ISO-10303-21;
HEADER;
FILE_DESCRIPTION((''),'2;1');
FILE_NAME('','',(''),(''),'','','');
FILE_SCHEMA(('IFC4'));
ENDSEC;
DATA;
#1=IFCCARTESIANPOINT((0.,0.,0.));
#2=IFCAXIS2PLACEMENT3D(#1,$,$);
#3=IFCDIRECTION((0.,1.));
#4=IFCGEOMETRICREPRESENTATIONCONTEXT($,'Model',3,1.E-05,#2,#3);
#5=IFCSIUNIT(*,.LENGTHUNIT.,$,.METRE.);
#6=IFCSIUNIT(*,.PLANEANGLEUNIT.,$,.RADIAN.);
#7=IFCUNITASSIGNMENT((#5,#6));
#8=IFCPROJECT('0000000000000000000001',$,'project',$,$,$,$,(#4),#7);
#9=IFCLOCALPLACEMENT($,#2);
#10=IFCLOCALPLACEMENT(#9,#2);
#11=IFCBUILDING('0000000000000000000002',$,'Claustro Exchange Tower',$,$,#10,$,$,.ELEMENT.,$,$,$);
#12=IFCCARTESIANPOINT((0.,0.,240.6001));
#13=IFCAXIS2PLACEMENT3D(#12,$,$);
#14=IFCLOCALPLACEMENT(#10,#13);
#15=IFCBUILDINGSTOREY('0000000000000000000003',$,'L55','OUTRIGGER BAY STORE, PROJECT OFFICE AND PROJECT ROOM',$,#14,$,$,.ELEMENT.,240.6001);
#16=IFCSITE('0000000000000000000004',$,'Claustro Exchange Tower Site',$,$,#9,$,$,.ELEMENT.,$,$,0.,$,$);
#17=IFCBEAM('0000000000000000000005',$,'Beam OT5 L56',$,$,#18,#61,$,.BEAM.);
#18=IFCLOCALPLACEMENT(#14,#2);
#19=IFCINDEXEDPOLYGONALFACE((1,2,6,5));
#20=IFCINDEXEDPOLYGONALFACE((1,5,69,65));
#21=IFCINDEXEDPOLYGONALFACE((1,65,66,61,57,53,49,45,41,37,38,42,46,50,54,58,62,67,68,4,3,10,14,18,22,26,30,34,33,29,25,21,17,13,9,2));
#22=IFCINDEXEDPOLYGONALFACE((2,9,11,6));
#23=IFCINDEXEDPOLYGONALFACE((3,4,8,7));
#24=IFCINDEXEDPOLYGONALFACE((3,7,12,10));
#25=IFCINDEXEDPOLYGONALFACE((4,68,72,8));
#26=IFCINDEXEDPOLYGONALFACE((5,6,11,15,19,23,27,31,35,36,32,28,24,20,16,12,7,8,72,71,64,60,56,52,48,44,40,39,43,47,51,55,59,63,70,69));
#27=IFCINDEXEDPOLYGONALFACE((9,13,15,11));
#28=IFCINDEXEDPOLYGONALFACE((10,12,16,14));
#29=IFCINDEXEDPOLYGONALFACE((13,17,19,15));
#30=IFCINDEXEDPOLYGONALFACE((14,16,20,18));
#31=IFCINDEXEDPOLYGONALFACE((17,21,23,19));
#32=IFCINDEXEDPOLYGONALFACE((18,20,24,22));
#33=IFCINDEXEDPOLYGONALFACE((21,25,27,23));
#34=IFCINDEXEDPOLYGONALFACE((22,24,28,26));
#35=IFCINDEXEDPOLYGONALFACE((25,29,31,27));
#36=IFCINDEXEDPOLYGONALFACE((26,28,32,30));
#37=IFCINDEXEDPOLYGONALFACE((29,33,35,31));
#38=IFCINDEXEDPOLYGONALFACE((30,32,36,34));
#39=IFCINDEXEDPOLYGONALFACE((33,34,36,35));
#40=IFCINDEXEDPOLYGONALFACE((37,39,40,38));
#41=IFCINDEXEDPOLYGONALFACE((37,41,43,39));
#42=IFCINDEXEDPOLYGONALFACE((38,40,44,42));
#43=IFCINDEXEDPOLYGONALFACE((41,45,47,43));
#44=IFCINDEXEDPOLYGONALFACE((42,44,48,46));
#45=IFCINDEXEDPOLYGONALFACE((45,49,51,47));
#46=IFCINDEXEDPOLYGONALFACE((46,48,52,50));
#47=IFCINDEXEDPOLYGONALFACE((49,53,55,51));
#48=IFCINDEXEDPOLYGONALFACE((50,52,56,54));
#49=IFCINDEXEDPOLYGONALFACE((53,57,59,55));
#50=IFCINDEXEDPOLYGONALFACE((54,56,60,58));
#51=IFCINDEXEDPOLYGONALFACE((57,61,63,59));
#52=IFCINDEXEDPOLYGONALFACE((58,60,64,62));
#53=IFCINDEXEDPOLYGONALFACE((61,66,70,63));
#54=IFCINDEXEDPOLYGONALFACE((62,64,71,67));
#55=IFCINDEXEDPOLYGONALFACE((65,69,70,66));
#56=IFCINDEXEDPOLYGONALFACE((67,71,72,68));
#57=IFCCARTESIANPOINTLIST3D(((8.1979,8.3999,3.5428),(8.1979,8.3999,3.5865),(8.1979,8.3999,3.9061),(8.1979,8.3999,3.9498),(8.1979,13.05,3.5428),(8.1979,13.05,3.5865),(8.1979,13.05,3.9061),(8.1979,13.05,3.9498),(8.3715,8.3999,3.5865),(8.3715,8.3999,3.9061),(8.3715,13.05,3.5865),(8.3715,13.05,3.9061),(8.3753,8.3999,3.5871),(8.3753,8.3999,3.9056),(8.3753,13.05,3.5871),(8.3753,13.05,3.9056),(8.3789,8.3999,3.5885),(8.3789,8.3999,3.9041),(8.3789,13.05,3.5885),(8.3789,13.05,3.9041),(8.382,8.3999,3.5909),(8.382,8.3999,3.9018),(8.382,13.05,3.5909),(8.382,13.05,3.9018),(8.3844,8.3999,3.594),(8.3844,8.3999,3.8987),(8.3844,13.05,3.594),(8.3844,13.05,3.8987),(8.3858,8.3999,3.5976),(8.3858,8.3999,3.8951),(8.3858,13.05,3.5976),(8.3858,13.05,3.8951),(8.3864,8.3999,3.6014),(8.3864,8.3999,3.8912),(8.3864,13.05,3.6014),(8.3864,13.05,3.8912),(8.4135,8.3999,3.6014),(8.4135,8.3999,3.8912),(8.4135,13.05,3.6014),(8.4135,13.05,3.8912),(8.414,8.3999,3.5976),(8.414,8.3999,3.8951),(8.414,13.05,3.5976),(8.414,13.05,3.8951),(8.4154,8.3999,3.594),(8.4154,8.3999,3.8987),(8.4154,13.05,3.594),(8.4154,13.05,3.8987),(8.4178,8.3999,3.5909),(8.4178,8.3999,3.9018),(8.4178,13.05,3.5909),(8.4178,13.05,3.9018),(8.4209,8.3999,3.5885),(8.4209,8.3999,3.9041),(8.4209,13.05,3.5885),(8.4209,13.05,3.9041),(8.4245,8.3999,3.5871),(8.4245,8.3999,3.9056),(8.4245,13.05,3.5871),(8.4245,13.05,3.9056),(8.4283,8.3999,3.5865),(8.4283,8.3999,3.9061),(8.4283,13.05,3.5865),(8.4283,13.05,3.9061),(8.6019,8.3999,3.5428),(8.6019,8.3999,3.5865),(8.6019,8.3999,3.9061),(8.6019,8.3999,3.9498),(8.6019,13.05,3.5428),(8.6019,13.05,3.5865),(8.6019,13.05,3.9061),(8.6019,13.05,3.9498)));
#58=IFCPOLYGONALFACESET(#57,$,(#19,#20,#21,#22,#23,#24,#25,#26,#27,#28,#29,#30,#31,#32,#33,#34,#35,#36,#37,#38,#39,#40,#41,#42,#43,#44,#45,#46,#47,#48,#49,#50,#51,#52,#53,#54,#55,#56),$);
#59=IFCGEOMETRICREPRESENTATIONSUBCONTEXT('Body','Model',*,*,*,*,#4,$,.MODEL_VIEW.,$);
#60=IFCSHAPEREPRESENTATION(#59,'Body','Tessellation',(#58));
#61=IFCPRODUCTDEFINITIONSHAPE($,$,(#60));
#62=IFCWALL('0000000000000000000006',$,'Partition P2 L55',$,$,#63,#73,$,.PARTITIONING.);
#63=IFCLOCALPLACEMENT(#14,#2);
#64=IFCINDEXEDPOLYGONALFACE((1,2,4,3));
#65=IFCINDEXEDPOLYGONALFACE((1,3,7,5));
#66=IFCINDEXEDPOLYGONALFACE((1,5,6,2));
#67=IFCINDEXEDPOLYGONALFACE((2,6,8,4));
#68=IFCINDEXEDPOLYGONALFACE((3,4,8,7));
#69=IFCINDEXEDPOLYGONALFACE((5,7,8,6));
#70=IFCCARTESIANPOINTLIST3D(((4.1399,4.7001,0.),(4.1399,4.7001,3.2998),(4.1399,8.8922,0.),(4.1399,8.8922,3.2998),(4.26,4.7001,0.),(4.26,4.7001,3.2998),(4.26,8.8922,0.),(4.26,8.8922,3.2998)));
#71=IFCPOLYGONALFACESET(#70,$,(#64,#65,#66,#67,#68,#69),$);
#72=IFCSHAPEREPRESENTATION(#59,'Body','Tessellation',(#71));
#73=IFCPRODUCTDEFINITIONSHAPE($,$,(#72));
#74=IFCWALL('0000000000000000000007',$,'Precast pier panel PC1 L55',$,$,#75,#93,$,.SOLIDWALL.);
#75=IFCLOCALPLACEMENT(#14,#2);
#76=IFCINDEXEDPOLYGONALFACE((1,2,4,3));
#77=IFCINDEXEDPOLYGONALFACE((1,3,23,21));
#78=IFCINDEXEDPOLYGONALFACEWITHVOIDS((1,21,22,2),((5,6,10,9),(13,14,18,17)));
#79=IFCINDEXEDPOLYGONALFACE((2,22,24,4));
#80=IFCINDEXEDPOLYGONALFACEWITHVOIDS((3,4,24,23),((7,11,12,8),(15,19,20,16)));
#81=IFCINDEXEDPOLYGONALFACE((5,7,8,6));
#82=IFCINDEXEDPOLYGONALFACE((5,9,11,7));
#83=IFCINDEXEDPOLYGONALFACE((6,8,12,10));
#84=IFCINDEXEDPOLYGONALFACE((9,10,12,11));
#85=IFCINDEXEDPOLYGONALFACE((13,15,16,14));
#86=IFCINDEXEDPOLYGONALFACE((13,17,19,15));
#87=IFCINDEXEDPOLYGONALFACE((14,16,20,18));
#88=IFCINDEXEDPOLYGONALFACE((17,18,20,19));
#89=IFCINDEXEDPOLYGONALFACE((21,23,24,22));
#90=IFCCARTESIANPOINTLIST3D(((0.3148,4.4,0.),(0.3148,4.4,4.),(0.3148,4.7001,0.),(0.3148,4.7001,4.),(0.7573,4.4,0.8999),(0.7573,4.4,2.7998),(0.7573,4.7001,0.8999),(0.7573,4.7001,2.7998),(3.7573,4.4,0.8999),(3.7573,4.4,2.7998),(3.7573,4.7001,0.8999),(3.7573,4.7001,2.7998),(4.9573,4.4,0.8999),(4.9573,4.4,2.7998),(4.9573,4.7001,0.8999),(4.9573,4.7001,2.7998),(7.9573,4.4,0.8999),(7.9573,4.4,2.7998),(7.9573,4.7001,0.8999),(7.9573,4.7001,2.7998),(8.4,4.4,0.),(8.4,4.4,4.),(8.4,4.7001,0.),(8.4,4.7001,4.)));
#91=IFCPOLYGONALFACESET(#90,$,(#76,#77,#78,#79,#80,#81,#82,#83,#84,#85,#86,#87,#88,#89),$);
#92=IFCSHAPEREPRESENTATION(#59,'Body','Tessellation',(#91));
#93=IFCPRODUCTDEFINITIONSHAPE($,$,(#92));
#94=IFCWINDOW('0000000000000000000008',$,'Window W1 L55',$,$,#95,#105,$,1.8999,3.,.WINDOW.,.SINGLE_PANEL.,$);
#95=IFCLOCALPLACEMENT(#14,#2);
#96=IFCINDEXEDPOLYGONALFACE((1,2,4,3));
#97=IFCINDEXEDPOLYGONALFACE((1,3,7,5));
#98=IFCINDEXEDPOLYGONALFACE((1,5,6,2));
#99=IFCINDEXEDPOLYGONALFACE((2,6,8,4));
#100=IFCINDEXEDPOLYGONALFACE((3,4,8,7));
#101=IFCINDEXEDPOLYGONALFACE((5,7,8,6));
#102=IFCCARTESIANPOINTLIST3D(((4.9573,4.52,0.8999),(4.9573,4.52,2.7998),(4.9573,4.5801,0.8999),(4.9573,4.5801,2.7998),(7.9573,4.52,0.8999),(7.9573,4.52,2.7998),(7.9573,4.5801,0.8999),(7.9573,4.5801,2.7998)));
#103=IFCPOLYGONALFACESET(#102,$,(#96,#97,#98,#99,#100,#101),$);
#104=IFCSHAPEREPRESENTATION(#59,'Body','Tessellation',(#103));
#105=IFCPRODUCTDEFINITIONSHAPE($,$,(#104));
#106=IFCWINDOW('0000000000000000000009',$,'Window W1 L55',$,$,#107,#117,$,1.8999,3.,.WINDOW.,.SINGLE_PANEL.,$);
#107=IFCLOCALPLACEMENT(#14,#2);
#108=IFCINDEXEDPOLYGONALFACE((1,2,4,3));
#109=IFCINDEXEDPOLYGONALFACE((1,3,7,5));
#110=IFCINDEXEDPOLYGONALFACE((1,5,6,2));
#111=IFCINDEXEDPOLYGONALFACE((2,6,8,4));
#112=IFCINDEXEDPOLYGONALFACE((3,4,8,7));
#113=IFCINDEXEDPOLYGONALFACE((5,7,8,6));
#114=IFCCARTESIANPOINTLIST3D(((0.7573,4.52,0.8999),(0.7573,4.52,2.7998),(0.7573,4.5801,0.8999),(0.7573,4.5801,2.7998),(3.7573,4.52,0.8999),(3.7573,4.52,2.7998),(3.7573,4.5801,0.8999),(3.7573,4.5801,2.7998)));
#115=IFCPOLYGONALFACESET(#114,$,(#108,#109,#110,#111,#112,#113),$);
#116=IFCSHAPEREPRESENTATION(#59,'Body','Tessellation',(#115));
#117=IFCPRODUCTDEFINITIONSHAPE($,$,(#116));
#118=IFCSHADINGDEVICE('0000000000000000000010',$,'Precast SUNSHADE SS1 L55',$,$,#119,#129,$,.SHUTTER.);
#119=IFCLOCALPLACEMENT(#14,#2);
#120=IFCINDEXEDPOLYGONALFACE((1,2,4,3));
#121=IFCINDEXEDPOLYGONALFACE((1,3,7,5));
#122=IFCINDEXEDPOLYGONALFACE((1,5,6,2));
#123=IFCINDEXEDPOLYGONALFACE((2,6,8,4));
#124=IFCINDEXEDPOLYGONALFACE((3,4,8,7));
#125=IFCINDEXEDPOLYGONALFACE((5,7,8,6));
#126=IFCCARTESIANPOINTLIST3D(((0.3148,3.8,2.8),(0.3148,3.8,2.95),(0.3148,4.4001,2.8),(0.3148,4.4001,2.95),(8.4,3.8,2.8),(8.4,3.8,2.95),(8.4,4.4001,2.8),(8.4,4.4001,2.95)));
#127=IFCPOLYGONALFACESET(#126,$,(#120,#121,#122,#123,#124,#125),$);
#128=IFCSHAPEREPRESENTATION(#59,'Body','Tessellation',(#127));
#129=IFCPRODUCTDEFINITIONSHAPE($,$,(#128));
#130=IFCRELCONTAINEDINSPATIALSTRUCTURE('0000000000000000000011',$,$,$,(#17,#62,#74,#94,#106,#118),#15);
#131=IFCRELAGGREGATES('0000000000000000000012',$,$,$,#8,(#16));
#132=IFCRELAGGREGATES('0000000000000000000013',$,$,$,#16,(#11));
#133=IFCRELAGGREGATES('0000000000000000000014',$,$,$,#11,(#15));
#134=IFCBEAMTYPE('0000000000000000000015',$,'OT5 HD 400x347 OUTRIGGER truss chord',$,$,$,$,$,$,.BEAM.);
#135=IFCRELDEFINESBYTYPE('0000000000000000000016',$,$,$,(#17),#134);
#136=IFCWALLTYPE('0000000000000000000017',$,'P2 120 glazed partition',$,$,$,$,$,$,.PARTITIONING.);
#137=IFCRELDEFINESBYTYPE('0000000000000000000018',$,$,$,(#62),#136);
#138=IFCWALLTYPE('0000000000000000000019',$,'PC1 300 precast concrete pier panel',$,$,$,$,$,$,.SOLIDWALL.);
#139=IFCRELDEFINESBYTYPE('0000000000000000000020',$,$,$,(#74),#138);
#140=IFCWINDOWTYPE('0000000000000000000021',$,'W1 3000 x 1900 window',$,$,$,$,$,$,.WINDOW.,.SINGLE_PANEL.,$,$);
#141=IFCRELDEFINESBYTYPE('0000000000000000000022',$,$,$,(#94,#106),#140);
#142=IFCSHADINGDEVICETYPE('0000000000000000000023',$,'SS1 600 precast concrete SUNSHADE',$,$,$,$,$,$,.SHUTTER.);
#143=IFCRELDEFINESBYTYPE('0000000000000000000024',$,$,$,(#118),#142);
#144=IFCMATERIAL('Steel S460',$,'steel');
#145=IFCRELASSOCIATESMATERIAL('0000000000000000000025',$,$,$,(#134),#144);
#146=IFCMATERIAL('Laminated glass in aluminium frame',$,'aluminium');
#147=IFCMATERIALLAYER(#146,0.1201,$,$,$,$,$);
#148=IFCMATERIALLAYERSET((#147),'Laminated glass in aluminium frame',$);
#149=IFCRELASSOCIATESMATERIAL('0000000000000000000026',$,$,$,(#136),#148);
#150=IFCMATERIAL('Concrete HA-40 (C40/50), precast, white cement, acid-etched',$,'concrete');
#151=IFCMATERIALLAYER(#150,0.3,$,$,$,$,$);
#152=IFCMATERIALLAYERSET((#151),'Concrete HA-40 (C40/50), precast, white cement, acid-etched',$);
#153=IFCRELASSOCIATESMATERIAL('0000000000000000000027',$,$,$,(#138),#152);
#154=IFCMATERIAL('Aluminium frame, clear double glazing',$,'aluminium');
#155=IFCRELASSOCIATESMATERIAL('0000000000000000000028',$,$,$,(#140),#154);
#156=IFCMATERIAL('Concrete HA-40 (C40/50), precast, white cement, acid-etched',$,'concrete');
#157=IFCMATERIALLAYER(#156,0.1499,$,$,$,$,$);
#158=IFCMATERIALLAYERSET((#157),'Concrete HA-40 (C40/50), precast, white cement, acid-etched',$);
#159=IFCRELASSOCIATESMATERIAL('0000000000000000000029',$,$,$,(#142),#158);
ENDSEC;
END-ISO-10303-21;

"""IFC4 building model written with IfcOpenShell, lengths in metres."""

from ifc_helpers import new_model, si_unit, direction, frame, frame_2d, origin, origin_2d, place, context, subcontext, project, spatial, rectangle, i_section, extrude, material, layer, layer_set, material_profile, profile_set, type_object, element, fill, save


model = new_model("IFC4")

# Units and contexts
model_context = context("Model", 3, precision=1e-05, world=origin(), true_north=direction((0.0, 1.0)))
body_context = subcontext(model_context, "Body", "Model", "MODEL_VIEW")
ifc_project = project(units=[si_unit("LENGTHUNIT", "METRE"), si_unit("PLANEANGLEUNIT", "RADIAN")], contexts=[model_context])

# Site, building, storey
site_placement = place(None, origin())
site = spatial("IfcSite", under=ifc_project, at=site_placement, Name="Claustro Exchange Tower Site", CompositionType="ELEMENT", RefElevation=0.0)
building_placement = place(site_placement, origin())
building = spatial("IfcBuilding", under=site, at=building_placement, Name="Claustro Exchange Tower", CompositionType="ELEMENT")
storey_placement = place(building_placement, frame((0.0, 0.0, 240.6001)))
storey = spatial("IfcBuildingStorey", under=building, at=storey_placement, Name="L55", Description="OUTRIGGER BAY STORE, PROJECT OFFICE AND PROJECT ROOM", CompositionType="ELEMENT", Elevation=240.6001)

# Beam
ifc_material_1 = material(Name="Steel S460", Category="steel")
ifc_material_profile_1 = material_profile(ifc_material_1, i_section(OverallWidth=0.4041, OverallDepth=0.407, WebThickness=0.0271, FlangeThickness=0.0437, FilletRadius=0.0149, at=origin_2d()), Name="HD 400x347")
ifc_profile_set_1 = profile_set([ifc_material_profile_1], Name="Steel S460")
beam_type_1 = type_object("IfcBeamType", Name="OT5 HD 400x347 OUTRIGGER truss chord", PredefinedType="BEAM", material=ifc_profile_set_1)
beam_1_placement = place(storey_placement, frame((8.3999, 8.3999, 3.7463), z_axis=(0.0, 1.0, 0.0), x_axis=(-1.0, 0.0, 0.0)))
element("IfcBeam", 1, at=beam_1_placement, inside=storey, type_object=beam_type_1, Name="Beam OT5 L56", PredefinedType="BEAM", context=body_context, shape_type="SweptSolid", body=[
    extrude(i_section(OverallWidth=0.4041, OverallDepth=0.407, WebThickness=0.0271, FlangeThickness=0.0437, FilletRadius=0.0149, at=origin_2d()), origin(), (0.0, 0.0, 1.0), 4.6501),
])

# Wall
ifc_material_2 = material(Name="Laminated glass in aluminium frame", Category="aluminium")
ifc_layer_1 = layer(ifc_material_2, 0.1201)
ifc_layer_set_1 = layer_set([ifc_layer_1], Name="Laminated glass in aluminium frame")
wall_type_1 = type_object("IfcWallType", Name="P2 120 glazed partition", PredefinedType="PARTITIONING", material=ifc_layer_set_1)
wall_1_placement = place(storey_placement, frame((4.2, 4.7, 0.0), z_axis=(0.0, 0.0, 1.0), x_axis=(0.0, 1.0, 0.0)))
element("IfcWall", 2, at=wall_1_placement, inside=storey, type_object=wall_type_1, Name="Partition P2 L55", PredefinedType="PARTITIONING", context=body_context, shape_type="SweptSolid", body=[
    extrude(rectangle(XDim=4.1921, YDim=0.1201, at=frame_2d((2.0962, 0.0))), origin(), (0.0, 0.0, 1.0), 3.2998),
])

# Wall, openings, windows
ifc_material_3 = material(Name="Concrete HA-40 (C40/50), precast, white cement, acid-etched", Category="concrete")
ifc_layer_2 = layer(ifc_material_3, 0.3)
ifc_layer_set_2 = layer_set([ifc_layer_2], Name="Concrete HA-40 (C40/50), precast, white cement, acid-etched")
wall_type_2 = type_object("IfcWallType", Name="PC1 300 precast concrete pier panel", PredefinedType="SOLIDWALL", material=ifc_layer_set_2)
wall_2_placement = place(storey_placement, frame((8.3999, 4.55, 0.0), z_axis=(0.0, 0.0, 1.0), x_axis=(-1.0, 0.0, 0.0)))
wall_2 = element("IfcWall", 3, at=wall_2_placement, inside=storey, type_object=wall_type_2, Name="Precast pier panel PC1 L55", PredefinedType="SOLIDWALL", context=body_context, shape_type="SweptSolid", body=[
    extrude(rectangle(XDim=8.0852, YDim=0.3, at=frame_2d((4.0425, 0.0))), origin(), (0.0, 0.0, 1.0), 4.0),
])
opening_1_placement = place(wall_2_placement, frame((0.4426, 0.0, 0.8999)))
opening_1 = element("IfcOpeningElement", 4, at=opening_1_placement, cuts=wall_2, PredefinedType="OPENING", context=body_context, shape_type="SweptSolid", body=[
    extrude(rectangle(XDim=3.0, YDim=1.8999, at=frame_2d((1.5, 0.95))), frame((0.0, 0.1599, 0.0), z_axis=(0.0, -1.0, 0.0), x_axis=(1.0, 0.0, 0.0)), (0.0, 0.0, 1.0), 0.3201),
])
opening_2_placement = place(wall_2_placement, frame((4.6426, 0.0, 0.8999)))
opening_2 = element("IfcOpeningElement", 5, at=opening_2_placement, cuts=wall_2, PredefinedType="OPENING", context=body_context, shape_type="SweptSolid", body=[
    extrude(rectangle(XDim=3.0, YDim=1.8999, at=frame_2d((1.5, 0.95))), frame((0.0, 0.1599, 0.0), z_axis=(0.0, -1.0, 0.0), x_axis=(1.0, 0.0, 0.0)), (0.0, 0.0, 1.0), 0.3201),
])
ifc_material_4 = material(Name="Aluminium frame, clear double glazing", Category="aluminium")
window_type = type_object("IfcWindowType", Name="W1 3000 x 1900 window", PartitioningType="SINGLE_PANEL", PredefinedType="WINDOW", material=ifc_material_4)
window_1_placement = place(opening_1_placement, origin())
window_1 = element("IfcWindow", 6, at=window_1_placement, inside=storey, type_object=window_type, Name="Window W1 L55", OverallHeight=1.8999, OverallWidth=3.0, PartitioningType="SINGLE_PANEL", PredefinedType="WINDOW", context=body_context, shape_type="SweptSolid", body=[
    extrude(rectangle(XDim=3.0, YDim=1.8999, at=frame_2d((1.5, 0.95))), frame((0.0, 0.03, 0.0), z_axis=(0.0, -1.0, 0.0), x_axis=(1.0, 0.0, 0.0)), (0.0, 0.0, 1.0), 0.0601),
])
fill(opening_1, window_1)
window_2_placement = place(opening_2_placement, origin())
window_2 = element("IfcWindow", 7, at=window_2_placement, inside=storey, type_object=window_type, Name="Window W1 L55", OverallHeight=1.8999, OverallWidth=3.0, PartitioningType="SINGLE_PANEL", PredefinedType="WINDOW", context=body_context, shape_type="SweptSolid", body=[
    extrude(rectangle(XDim=3.0, YDim=1.8999, at=frame_2d((1.5, 0.95))), frame((0.0, 0.03, 0.0), z_axis=(0.0, -1.0, 0.0), x_axis=(1.0, 0.0, 0.0)), (0.0, 0.0, 1.0), 0.0601),
])
fill(opening_2, window_2)

# Shading device
ifc_material_5 = material(Name="Concrete HA-40 (C40/50), precast, white cement, acid-etched", Category="concrete")
ifc_layer_3 = layer(ifc_material_5, 0.1499)
ifc_layer_set_3 = layer_set([ifc_layer_3], Name="Concrete HA-40 (C40/50), precast, white cement, acid-etched")
shading_device_type = type_object("IfcShadingDeviceType", Name="SS1 600 precast concrete SUNSHADE", PredefinedType="SHUTTER", material=ifc_layer_set_3)
shading_device_placement = place(storey_placement, frame((4.3574, 4.1001, 2.8), z_axis=(0.0, 0.0, 1.0), x_axis=(-1.0, 0.0, 0.0)))
element("IfcShadingDevice", 8, at=shading_device_placement, inside=storey, type_object=shading_device_type, Name="Precast SUNSHADE SS1 L55", PredefinedType="SHUTTER", context=body_context, shape_type="SweptSolid", body=[
    extrude(rectangle(XDim=8.0852, YDim=0.6001, at=origin_2d()), origin(), (0.0, 0.0, 1.0), 0.1499),
])

save(model, "model.ifc")
